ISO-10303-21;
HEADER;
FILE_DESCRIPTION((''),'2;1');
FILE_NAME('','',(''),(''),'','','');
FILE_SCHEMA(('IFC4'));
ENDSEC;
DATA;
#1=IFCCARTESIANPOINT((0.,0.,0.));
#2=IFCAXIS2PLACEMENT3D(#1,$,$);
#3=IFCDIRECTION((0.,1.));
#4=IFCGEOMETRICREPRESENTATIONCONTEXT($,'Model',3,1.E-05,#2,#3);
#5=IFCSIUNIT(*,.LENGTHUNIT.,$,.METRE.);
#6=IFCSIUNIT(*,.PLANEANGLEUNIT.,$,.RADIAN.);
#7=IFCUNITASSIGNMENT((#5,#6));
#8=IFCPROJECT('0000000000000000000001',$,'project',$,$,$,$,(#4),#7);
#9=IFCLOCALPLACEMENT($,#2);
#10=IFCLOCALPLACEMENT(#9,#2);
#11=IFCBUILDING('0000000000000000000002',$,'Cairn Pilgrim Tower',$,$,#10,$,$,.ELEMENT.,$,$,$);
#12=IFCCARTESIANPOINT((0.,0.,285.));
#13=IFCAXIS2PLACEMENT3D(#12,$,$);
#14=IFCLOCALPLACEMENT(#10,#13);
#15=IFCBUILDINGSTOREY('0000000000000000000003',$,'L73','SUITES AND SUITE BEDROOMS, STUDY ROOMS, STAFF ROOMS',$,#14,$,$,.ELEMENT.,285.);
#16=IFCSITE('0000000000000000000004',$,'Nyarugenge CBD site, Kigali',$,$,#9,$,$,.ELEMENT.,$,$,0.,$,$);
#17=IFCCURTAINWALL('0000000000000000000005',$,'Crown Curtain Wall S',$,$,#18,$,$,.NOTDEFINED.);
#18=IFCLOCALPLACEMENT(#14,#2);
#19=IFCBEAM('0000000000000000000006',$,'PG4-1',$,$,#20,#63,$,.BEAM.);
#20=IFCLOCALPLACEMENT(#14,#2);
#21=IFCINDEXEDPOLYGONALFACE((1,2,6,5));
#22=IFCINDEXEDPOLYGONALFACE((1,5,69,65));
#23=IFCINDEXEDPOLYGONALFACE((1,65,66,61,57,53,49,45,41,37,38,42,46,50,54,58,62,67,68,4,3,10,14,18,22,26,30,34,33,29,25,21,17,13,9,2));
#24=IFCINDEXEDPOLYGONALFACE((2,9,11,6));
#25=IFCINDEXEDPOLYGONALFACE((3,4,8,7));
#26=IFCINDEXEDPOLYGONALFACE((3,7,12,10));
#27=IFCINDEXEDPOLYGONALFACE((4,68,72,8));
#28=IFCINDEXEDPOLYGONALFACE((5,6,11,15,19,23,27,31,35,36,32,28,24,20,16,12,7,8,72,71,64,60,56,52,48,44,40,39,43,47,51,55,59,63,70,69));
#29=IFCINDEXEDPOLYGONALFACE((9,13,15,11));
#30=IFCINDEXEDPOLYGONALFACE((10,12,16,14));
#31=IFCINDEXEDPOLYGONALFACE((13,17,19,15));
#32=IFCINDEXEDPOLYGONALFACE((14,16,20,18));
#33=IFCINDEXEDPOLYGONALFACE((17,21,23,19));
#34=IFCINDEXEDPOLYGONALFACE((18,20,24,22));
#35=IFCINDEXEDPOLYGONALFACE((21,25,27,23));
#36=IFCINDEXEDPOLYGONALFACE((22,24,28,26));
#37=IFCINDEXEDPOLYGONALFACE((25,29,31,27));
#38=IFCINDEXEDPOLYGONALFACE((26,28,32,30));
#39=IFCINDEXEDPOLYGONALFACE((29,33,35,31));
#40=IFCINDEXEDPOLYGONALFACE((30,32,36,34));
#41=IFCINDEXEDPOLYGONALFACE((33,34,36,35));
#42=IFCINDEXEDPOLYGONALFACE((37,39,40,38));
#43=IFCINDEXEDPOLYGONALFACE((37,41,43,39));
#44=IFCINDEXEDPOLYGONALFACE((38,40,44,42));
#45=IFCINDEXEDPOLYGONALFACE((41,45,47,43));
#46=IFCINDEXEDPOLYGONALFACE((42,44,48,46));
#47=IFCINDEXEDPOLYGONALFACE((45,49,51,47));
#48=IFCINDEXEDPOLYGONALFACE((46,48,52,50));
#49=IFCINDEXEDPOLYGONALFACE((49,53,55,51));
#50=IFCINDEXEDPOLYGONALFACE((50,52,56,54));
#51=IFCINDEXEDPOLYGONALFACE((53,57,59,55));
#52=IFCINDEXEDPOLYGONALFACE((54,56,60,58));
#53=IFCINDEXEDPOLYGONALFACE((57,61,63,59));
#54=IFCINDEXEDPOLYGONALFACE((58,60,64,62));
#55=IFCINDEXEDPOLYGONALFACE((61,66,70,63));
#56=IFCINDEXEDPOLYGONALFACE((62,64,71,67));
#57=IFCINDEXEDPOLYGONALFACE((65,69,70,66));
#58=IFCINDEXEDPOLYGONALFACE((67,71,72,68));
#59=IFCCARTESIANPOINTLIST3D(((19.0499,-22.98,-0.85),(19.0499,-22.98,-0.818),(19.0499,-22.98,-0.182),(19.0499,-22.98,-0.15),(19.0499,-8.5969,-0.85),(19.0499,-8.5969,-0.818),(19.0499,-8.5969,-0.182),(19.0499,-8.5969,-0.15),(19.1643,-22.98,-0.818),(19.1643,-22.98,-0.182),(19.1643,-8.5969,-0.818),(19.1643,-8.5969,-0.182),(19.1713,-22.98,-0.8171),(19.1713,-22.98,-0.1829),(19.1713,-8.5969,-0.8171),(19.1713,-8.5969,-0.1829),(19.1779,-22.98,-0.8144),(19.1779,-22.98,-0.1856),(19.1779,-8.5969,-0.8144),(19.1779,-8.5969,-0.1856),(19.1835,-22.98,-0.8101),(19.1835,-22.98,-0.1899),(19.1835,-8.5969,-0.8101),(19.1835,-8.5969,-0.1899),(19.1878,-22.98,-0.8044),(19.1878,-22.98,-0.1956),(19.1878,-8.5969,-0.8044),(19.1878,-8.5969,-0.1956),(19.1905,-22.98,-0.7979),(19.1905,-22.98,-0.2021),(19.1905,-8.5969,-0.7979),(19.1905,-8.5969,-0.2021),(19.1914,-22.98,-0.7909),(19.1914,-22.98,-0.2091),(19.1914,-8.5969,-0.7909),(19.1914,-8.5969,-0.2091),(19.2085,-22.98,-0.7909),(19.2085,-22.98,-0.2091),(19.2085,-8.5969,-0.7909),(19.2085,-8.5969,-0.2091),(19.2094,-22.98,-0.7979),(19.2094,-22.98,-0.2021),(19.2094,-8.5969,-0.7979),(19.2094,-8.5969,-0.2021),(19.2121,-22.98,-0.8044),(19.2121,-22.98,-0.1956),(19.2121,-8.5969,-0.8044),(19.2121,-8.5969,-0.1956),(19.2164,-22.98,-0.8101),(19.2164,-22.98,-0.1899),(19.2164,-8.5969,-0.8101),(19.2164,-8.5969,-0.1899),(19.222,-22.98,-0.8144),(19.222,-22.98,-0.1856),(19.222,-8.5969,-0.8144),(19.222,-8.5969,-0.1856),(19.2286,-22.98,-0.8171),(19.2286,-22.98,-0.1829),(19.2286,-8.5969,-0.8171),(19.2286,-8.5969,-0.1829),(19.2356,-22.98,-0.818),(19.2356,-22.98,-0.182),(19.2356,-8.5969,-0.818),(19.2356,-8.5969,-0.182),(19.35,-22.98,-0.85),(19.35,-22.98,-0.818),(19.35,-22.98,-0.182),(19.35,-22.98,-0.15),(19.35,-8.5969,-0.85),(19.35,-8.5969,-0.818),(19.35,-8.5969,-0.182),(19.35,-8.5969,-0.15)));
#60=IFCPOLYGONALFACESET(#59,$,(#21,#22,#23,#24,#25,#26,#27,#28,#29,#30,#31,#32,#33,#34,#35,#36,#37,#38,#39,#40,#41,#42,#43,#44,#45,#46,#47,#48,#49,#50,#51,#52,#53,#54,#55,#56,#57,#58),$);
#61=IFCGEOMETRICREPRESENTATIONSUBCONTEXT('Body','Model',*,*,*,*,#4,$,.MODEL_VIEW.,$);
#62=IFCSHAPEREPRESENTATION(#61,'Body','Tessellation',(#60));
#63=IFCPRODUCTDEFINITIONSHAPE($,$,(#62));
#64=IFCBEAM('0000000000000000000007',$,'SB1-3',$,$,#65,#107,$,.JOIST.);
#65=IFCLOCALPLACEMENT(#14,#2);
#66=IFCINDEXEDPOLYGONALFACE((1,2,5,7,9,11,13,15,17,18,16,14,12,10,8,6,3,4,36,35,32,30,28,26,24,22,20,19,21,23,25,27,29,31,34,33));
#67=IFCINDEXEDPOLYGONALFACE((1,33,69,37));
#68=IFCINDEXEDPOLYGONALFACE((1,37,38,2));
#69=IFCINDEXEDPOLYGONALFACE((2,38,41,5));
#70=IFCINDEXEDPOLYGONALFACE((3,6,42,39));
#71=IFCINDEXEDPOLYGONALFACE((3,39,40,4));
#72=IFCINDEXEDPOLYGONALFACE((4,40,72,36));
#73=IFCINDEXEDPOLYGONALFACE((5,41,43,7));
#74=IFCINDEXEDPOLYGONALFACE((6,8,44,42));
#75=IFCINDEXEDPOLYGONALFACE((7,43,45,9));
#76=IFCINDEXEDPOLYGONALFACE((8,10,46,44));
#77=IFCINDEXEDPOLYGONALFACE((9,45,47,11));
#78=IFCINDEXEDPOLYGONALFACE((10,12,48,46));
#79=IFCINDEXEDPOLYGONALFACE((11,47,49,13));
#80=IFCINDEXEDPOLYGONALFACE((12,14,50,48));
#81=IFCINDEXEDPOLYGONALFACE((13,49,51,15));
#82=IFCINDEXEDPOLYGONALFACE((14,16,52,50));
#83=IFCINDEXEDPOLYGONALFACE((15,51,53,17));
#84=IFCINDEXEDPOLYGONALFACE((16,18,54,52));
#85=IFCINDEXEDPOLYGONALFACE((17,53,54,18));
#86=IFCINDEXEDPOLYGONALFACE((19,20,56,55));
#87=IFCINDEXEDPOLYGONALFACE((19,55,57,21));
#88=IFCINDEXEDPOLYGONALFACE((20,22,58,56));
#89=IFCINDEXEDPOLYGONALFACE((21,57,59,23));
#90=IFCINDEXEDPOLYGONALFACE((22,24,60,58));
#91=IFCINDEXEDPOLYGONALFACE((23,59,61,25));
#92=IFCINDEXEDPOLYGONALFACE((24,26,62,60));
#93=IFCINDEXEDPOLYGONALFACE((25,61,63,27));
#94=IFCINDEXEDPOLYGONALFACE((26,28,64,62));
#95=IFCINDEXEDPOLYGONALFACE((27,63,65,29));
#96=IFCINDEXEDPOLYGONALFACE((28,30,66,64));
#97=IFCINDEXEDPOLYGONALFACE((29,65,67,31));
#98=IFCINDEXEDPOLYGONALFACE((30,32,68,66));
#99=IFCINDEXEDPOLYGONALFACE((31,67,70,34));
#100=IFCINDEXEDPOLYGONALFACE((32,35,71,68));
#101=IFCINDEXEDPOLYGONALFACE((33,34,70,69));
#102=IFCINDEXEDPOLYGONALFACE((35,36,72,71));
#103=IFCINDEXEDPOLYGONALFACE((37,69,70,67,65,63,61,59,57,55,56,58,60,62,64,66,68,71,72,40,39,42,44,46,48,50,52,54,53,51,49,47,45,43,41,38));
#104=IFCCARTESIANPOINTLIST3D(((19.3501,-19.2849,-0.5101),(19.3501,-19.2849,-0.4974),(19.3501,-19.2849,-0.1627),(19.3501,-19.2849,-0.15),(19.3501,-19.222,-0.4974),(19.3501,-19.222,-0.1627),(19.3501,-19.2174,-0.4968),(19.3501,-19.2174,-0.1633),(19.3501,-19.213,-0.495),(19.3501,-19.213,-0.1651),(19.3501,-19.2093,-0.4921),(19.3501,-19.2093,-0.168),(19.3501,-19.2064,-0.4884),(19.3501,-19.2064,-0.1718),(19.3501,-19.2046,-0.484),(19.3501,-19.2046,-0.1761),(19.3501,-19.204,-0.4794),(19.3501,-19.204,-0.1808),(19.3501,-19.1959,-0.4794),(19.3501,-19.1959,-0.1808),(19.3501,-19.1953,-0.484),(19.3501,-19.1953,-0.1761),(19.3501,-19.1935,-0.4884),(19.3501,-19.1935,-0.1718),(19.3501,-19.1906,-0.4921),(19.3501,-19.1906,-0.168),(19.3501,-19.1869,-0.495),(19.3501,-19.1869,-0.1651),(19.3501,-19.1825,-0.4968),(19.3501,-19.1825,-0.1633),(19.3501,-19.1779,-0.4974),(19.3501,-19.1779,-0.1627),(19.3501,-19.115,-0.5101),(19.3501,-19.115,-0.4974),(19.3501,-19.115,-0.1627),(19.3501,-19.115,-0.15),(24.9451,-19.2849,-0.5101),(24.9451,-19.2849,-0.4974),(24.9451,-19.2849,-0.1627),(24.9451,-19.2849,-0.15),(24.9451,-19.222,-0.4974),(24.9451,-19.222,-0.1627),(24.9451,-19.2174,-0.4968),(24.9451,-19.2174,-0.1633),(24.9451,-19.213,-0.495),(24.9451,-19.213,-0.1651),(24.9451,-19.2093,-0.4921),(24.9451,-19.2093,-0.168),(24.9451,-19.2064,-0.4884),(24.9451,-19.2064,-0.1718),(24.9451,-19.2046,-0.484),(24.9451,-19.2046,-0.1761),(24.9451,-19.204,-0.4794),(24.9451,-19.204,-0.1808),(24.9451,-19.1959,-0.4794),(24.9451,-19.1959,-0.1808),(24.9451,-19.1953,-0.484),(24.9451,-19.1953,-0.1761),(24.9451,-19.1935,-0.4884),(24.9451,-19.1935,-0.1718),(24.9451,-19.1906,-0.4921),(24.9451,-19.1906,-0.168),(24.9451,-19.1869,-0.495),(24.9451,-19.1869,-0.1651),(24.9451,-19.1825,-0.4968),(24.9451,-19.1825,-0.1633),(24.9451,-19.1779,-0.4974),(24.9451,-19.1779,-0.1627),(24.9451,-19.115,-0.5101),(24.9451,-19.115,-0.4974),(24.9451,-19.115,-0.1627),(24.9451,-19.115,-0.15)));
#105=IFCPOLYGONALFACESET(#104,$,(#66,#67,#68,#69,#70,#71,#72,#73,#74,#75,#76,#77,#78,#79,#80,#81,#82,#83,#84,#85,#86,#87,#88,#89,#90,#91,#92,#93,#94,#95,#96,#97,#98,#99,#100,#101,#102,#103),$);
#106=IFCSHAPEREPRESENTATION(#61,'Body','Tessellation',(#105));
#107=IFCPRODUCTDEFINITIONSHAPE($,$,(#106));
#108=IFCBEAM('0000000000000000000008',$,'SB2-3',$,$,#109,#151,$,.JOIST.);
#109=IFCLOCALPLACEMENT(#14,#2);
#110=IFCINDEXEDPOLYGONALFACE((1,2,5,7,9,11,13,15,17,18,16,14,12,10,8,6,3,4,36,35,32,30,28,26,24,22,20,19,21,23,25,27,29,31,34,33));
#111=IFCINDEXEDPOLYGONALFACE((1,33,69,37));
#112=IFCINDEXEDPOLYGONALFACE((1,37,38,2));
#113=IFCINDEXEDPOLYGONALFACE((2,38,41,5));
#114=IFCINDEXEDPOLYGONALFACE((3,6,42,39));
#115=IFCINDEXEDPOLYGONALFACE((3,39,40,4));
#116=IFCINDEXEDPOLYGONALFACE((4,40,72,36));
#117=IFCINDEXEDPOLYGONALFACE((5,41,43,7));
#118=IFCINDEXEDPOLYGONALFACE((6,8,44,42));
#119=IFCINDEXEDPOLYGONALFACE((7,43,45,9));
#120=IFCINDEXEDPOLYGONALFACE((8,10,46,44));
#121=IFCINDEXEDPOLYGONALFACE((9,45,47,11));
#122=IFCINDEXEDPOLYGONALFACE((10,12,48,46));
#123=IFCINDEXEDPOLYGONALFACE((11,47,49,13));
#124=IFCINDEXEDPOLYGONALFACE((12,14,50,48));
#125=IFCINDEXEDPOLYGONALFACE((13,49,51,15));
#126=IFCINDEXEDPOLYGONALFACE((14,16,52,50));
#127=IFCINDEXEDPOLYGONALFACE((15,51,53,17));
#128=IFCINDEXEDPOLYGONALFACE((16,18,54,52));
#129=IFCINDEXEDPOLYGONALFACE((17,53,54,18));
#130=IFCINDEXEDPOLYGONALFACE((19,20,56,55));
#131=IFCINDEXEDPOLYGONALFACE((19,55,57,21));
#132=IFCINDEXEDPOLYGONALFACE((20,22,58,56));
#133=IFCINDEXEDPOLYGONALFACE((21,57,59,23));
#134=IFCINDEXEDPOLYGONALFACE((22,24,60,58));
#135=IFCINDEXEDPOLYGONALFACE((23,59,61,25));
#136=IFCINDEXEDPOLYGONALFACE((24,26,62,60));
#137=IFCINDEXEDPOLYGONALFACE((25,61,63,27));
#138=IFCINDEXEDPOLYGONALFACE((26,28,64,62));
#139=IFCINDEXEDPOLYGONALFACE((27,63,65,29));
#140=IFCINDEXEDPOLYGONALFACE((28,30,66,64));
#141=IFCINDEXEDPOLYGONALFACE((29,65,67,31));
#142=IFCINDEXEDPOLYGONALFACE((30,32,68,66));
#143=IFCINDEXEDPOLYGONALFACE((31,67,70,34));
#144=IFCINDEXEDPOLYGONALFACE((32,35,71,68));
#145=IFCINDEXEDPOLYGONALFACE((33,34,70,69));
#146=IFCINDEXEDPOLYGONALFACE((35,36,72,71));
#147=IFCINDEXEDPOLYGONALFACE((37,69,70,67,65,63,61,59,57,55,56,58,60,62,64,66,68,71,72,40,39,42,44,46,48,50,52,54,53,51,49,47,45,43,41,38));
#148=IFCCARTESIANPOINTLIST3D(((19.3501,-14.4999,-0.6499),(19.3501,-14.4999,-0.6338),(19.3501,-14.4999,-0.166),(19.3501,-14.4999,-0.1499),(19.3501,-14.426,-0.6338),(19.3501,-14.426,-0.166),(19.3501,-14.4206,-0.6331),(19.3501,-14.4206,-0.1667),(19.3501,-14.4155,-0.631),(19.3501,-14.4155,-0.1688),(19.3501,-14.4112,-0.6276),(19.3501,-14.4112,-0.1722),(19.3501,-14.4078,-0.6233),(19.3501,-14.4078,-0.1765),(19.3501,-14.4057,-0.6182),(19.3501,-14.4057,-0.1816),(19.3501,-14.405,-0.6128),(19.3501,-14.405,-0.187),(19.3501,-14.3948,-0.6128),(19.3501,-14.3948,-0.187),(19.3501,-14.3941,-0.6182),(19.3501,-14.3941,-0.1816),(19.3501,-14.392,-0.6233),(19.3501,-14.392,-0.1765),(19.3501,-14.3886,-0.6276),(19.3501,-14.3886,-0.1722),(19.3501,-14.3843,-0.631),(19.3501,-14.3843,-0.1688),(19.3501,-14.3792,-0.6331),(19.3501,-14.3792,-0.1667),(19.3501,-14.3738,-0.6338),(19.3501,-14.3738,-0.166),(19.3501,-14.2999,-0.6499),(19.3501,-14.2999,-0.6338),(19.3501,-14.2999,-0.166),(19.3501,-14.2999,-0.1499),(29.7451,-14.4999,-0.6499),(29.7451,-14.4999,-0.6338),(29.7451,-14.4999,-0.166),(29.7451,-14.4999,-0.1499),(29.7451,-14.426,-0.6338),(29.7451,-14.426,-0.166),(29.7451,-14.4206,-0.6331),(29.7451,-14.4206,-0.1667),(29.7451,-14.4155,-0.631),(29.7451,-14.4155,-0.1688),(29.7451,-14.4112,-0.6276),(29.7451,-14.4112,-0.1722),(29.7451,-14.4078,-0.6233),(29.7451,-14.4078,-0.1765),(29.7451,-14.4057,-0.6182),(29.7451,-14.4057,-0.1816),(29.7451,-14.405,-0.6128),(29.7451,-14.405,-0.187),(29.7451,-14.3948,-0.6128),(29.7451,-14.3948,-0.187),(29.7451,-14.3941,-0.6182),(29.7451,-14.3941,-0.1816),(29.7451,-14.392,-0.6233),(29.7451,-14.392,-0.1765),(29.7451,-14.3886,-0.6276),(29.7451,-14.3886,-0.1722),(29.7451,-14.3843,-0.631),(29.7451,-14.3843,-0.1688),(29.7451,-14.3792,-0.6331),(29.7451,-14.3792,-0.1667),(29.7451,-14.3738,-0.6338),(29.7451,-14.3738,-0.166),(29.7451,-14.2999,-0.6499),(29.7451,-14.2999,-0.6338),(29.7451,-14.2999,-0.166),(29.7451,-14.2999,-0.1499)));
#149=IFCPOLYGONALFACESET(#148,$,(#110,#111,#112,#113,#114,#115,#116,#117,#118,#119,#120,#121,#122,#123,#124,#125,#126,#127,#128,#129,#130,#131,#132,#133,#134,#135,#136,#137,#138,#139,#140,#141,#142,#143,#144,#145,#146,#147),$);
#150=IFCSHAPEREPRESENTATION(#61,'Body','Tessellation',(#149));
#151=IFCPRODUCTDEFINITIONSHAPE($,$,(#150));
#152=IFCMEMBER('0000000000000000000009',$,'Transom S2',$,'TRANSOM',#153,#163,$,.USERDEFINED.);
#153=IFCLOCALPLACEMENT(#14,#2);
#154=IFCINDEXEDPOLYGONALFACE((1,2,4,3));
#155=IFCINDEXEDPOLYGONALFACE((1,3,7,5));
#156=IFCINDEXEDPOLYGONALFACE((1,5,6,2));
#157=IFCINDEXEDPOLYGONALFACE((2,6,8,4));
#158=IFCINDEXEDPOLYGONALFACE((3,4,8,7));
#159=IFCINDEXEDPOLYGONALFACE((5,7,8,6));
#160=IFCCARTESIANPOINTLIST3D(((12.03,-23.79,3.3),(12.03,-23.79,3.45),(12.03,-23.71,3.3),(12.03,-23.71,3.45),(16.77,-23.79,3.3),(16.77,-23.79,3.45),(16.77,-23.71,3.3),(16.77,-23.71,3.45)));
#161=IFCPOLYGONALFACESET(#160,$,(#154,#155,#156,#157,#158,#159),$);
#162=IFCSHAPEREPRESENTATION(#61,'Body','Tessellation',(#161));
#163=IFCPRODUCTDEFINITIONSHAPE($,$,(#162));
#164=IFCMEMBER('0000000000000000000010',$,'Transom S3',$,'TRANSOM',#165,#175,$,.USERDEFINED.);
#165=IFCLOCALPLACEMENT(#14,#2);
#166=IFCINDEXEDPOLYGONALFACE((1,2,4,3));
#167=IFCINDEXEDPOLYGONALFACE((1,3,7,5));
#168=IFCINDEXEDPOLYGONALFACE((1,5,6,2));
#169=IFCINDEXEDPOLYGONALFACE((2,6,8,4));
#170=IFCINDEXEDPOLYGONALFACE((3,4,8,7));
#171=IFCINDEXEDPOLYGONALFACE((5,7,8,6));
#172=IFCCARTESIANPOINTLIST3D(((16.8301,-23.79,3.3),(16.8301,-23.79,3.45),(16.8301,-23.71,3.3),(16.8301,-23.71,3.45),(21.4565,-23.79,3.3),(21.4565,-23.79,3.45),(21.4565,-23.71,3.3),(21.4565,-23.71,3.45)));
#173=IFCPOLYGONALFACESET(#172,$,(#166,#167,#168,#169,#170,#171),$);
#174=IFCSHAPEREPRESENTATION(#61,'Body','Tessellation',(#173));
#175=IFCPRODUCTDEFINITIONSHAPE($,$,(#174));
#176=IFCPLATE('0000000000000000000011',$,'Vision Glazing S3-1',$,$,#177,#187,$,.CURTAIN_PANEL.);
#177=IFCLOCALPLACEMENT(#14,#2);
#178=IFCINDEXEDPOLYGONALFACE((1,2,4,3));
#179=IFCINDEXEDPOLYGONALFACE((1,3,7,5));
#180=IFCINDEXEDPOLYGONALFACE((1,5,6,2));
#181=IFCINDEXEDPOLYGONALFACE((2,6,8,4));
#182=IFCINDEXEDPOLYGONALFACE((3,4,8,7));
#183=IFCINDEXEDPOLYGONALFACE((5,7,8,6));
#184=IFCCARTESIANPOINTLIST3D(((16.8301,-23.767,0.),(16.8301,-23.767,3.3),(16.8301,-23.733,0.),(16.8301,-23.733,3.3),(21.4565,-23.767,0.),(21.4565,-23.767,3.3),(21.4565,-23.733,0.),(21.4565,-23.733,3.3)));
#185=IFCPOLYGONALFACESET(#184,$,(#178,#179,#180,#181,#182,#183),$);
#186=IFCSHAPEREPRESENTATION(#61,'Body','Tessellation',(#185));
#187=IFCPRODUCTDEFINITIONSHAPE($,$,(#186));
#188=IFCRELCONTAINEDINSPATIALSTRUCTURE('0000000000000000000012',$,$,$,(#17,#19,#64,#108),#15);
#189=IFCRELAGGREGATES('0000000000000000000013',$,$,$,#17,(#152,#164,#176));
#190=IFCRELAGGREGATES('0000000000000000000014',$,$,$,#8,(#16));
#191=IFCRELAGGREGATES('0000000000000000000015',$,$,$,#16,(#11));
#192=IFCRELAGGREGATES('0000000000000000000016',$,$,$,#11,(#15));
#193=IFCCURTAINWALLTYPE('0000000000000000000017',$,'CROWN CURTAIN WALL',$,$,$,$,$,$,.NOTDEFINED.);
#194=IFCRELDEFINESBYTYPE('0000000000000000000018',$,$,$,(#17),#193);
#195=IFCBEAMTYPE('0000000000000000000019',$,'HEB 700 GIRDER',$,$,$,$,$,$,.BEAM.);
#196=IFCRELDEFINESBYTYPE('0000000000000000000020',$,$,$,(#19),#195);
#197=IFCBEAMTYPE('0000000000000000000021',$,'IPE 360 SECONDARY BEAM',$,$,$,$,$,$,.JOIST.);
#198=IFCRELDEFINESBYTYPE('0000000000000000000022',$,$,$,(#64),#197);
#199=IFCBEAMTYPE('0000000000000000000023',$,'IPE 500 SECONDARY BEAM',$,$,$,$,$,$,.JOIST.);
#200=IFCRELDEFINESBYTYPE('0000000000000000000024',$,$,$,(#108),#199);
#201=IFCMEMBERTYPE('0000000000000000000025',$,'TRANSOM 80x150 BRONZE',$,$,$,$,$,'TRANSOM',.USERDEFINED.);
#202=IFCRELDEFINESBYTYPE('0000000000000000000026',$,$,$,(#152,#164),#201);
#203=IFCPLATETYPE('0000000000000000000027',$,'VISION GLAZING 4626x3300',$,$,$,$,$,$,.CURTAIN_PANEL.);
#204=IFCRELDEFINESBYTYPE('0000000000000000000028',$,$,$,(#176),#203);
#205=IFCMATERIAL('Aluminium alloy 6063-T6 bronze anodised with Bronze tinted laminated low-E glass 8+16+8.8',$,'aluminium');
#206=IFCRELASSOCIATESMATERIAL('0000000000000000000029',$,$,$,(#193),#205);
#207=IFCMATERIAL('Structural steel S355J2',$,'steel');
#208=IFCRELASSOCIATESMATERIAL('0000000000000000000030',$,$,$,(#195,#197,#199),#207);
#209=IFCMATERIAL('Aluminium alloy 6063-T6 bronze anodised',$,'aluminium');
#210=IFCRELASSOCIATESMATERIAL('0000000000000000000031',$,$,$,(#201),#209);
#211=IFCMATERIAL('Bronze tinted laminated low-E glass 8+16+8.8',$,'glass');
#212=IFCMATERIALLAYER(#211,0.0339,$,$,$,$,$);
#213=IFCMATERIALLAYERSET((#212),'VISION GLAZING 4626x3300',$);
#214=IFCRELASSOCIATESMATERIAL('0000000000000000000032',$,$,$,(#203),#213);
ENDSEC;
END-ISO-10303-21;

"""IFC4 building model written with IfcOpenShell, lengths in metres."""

from ifc_helpers import new_model, si_unit, direction, frame, origin, origin_2d, place, context, subcontext, project, spatial, rectangle, i_section, extrude, material, layer, layer_set, material_profile, profile_set, type_object, element, aggregate, save


model = new_model("IFC4")

# Units and contexts
model_context = context("Model", 3, precision=1e-05, world=origin(), true_north=direction((0.0, 1.0)))
body_context = subcontext(model_context, "Body", "Model", "MODEL_VIEW")
ifc_project = project(units=[si_unit("LENGTHUNIT", "METRE"), si_unit("PLANEANGLEUNIT", "RADIAN")], contexts=[model_context])

# Site, building, storey
site_placement = place(None, origin())
site = spatial("IfcSite", under=ifc_project, at=site_placement, Name="Nyarugenge CBD site, Kigali", CompositionType="ELEMENT", RefElevation=0.0)
building_placement = place(site_placement, origin())
building = spatial("IfcBuilding", under=site, at=building_placement, Name="Cairn Pilgrim Tower", CompositionType="ELEMENT")
storey_placement = place(building_placement, frame((0.0, 0.0, 285.0)))
storey = spatial("IfcBuildingStorey", under=building, at=storey_placement, Name="L73", Description="SUITES AND SUITE BEDROOMS, STUDY ROOMS, STAFF ROOMS", CompositionType="ELEMENT", Elevation=285.0)

# Shared definitions
ifc_material_1 = material(Name="Structural steel S355J2", Category="steel")

# Curtain wall
ifc_material_2 = material(Name="Aluminium alloy 6063-T6 bronze anodised with Bronze tinted laminated low-E glass 8+16+8.8", Category="aluminium")
curtain_wall_type = type_object("IfcCurtainWallType", Name="CROWN CURTAIN WALL", PredefinedType="NOTDEFINED", material=ifc_material_2)
curtain_wall_placement = place(storey_placement, origin())
curtain_wall = element("IfcCurtainWall", 1, at=curtain_wall_placement, inside=storey, type_object=curtain_wall_type, Name="Crown Curtain Wall S", PredefinedType="NOTDEFINED")
ifc_material_3 = material(Name="Aluminium alloy 6063-T6 bronze anodised", Category="aluminium")

# Beams
ifc_material_profile_1 = material_profile(ifc_material_1, i_section(OverallWidth=0.3, OverallDepth=0.7, WebThickness=0.0171, FlangeThickness=0.032, FilletRadius=0.0271, at=origin_2d()), Name="HEB 700")
ifc_profile_set_1 = profile_set([ifc_material_profile_1], Name="Structural steel S355J2")
beam_type_1 = type_object("IfcBeamType", Name="HEB 700 GIRDER", PredefinedType="BEAM", material=ifc_profile_set_1)
beam_1_placement = place(storey_placement, frame((19.2, -22.98, -0.5), z_axis=(0.0, 1.0, 0.0), x_axis=(-1.0, 0.0, 0.0)))
element("IfcBeam", 2, at=beam_1_placement, inside=storey, type_object=beam_type_1, Name="PG4-1", PredefinedType="BEAM", context=body_context, shape_type="SweptSolid", body=[
    extrude(i_section(OverallWidth=0.3, OverallDepth=0.7, WebThickness=0.0171, FlangeThickness=0.032, FilletRadius=0.0271, at=origin_2d()), origin(), (0.0, 0.0, 1.0), 14.3831),
])
ifc_material_profile_2 = material_profile(ifc_material_1, i_section(OverallWidth=0.1699, OverallDepth=0.3601, WebThickness=0.0081, FlangeThickness=0.0127, FilletRadius=0.0181, at=origin_2d()), Name="IPE 360")
ifc_profile_set_2 = profile_set([ifc_material_profile_2], Name="Structural steel S355J2")
beam_type_2 = type_object("IfcBeamType", Name="IPE 360 SECONDARY BEAM", PredefinedType="JOIST", material=ifc_profile_set_2)
beam_2_placement = place(storey_placement, frame((19.3501, -19.2, -0.3301), z_axis=(1.0, 0.0, 0.0), x_axis=(0.0, 1.0, 0.0)))
element("IfcBeam", 3, at=beam_2_placement, inside=storey, type_object=beam_type_2, Name="SB1-3", PredefinedType="JOIST", context=body_context, shape_type="SweptSolid", body=[
    extrude(i_section(OverallWidth=0.1699, OverallDepth=0.3601, WebThickness=0.0081, FlangeThickness=0.0127, FilletRadius=0.0181, at=origin_2d()), origin(), (0.0, 0.0, 1.0), 5.595),
])
ifc_material_profile_3 = material_profile(ifc_material_1, i_section(OverallWidth=0.2, OverallDepth=0.5, WebThickness=0.0103, FlangeThickness=0.0161, FilletRadius=0.021, at=origin_2d()), Name="IPE 500")
ifc_profile_set_3 = profile_set([ifc_material_profile_3], Name="Structural steel S355J2")
beam_type_3 = type_object("IfcBeamType", Name="IPE 500 SECONDARY BEAM", PredefinedType="JOIST", material=ifc_profile_set_3)
beam_3_placement = place(storey_placement, frame((19.3501, -14.3999, -0.3999), z_axis=(1.0, 0.0, 0.0), x_axis=(0.0, 1.0, 0.0)))
element("IfcBeam", 4, at=beam_3_placement, inside=storey, type_object=beam_type_3, Name="SB2-3", PredefinedType="JOIST", context=body_context, shape_type="SweptSolid", body=[
    extrude(i_section(OverallWidth=0.2, OverallDepth=0.5, WebThickness=0.0103, FlangeThickness=0.0161, FilletRadius=0.021, at=origin_2d()), origin(), (0.0, 0.0, 1.0), 10.395),
])

# Members
ifc_material_profile_4 = material_profile(ifc_material_3, rectangle(XDim=0.0801, YDim=0.1499, at=origin_2d()), Name="TRANSOM 80x150 BRONZE")
ifc_profile_set_4 = profile_set([ifc_material_profile_4], Name="Aluminium alloy 6063-T6 bronze anodised")
member_type_1 = type_object("IfcMemberType", Name="TRANSOM 80x150 BRONZE", ElementType="TRANSOM", PredefinedType="USERDEFINED", material=ifc_profile_set_4)
member_1_placement = place(storey_placement, frame((12.03, -23.75, 3.375), z_axis=(1.0, 0.0, 0.0), x_axis=(0.0, 1.0, 0.0)))
member_1 = element("IfcMember", 5, at=member_1_placement, type_object=member_type_1, Name="Transom S2", ObjectType="TRANSOM", PredefinedType="USERDEFINED", context=body_context, shape_type="SweptSolid", body=[
    extrude(rectangle(XDim=0.0801, YDim=0.1499, at=origin_2d()), origin(), (0.0, 0.0, 1.0), 4.74),
])
member_2_placement = place(storey_placement, frame((16.8301, -23.75, 3.375), z_axis=(1.0, 0.0, 0.0), x_axis=(0.0, 1.0, 0.0)))
member_2 = element("IfcMember", 6, at=member_2_placement, type_object=member_type_1, Name="Transom S3", ObjectType="TRANSOM", PredefinedType="USERDEFINED", context=body_context, shape_type="SweptSolid", body=[
    extrude(rectangle(XDim=0.0801, YDim=0.1499, at=origin_2d()), origin(), (0.0, 0.0, 1.0), 4.6265),
])

# Plate
ifc_material_4 = material(Name="Bronze tinted laminated low-E glass 8+16+8.8", Category="glass")
ifc_layer_1 = layer(ifc_material_4, 0.0339)
ifc_layer_set_1 = layer_set([ifc_layer_1], Name="VISION GLAZING 4626x3300")
plate_type_1 = type_object("IfcPlateType", Name="VISION GLAZING 4626x3300", PredefinedType="CURTAIN_PANEL", material=ifc_layer_set_1)
plate_1_placement = place(storey_placement, frame((19.1433, -23.75, 0.0), z_axis=(0.0, 0.0, 1.0), x_axis=(1.0, 0.0, 0.0)))
plate_1 = element("IfcPlate", 7, at=plate_1_placement, type_object=plate_type_1, Name="Vision Glazing S3-1", PredefinedType="CURTAIN_PANEL", context=body_context, shape_type="SweptSolid", body=[
    extrude(rectangle(XDim=4.6265, YDim=0.0339, at=origin_2d()), origin(), (0.0, 0.0, 1.0), 3.3),
])
aggregate(curtain_wall, [member_1, member_2, plate_1])

save(model, "model.ifc")
